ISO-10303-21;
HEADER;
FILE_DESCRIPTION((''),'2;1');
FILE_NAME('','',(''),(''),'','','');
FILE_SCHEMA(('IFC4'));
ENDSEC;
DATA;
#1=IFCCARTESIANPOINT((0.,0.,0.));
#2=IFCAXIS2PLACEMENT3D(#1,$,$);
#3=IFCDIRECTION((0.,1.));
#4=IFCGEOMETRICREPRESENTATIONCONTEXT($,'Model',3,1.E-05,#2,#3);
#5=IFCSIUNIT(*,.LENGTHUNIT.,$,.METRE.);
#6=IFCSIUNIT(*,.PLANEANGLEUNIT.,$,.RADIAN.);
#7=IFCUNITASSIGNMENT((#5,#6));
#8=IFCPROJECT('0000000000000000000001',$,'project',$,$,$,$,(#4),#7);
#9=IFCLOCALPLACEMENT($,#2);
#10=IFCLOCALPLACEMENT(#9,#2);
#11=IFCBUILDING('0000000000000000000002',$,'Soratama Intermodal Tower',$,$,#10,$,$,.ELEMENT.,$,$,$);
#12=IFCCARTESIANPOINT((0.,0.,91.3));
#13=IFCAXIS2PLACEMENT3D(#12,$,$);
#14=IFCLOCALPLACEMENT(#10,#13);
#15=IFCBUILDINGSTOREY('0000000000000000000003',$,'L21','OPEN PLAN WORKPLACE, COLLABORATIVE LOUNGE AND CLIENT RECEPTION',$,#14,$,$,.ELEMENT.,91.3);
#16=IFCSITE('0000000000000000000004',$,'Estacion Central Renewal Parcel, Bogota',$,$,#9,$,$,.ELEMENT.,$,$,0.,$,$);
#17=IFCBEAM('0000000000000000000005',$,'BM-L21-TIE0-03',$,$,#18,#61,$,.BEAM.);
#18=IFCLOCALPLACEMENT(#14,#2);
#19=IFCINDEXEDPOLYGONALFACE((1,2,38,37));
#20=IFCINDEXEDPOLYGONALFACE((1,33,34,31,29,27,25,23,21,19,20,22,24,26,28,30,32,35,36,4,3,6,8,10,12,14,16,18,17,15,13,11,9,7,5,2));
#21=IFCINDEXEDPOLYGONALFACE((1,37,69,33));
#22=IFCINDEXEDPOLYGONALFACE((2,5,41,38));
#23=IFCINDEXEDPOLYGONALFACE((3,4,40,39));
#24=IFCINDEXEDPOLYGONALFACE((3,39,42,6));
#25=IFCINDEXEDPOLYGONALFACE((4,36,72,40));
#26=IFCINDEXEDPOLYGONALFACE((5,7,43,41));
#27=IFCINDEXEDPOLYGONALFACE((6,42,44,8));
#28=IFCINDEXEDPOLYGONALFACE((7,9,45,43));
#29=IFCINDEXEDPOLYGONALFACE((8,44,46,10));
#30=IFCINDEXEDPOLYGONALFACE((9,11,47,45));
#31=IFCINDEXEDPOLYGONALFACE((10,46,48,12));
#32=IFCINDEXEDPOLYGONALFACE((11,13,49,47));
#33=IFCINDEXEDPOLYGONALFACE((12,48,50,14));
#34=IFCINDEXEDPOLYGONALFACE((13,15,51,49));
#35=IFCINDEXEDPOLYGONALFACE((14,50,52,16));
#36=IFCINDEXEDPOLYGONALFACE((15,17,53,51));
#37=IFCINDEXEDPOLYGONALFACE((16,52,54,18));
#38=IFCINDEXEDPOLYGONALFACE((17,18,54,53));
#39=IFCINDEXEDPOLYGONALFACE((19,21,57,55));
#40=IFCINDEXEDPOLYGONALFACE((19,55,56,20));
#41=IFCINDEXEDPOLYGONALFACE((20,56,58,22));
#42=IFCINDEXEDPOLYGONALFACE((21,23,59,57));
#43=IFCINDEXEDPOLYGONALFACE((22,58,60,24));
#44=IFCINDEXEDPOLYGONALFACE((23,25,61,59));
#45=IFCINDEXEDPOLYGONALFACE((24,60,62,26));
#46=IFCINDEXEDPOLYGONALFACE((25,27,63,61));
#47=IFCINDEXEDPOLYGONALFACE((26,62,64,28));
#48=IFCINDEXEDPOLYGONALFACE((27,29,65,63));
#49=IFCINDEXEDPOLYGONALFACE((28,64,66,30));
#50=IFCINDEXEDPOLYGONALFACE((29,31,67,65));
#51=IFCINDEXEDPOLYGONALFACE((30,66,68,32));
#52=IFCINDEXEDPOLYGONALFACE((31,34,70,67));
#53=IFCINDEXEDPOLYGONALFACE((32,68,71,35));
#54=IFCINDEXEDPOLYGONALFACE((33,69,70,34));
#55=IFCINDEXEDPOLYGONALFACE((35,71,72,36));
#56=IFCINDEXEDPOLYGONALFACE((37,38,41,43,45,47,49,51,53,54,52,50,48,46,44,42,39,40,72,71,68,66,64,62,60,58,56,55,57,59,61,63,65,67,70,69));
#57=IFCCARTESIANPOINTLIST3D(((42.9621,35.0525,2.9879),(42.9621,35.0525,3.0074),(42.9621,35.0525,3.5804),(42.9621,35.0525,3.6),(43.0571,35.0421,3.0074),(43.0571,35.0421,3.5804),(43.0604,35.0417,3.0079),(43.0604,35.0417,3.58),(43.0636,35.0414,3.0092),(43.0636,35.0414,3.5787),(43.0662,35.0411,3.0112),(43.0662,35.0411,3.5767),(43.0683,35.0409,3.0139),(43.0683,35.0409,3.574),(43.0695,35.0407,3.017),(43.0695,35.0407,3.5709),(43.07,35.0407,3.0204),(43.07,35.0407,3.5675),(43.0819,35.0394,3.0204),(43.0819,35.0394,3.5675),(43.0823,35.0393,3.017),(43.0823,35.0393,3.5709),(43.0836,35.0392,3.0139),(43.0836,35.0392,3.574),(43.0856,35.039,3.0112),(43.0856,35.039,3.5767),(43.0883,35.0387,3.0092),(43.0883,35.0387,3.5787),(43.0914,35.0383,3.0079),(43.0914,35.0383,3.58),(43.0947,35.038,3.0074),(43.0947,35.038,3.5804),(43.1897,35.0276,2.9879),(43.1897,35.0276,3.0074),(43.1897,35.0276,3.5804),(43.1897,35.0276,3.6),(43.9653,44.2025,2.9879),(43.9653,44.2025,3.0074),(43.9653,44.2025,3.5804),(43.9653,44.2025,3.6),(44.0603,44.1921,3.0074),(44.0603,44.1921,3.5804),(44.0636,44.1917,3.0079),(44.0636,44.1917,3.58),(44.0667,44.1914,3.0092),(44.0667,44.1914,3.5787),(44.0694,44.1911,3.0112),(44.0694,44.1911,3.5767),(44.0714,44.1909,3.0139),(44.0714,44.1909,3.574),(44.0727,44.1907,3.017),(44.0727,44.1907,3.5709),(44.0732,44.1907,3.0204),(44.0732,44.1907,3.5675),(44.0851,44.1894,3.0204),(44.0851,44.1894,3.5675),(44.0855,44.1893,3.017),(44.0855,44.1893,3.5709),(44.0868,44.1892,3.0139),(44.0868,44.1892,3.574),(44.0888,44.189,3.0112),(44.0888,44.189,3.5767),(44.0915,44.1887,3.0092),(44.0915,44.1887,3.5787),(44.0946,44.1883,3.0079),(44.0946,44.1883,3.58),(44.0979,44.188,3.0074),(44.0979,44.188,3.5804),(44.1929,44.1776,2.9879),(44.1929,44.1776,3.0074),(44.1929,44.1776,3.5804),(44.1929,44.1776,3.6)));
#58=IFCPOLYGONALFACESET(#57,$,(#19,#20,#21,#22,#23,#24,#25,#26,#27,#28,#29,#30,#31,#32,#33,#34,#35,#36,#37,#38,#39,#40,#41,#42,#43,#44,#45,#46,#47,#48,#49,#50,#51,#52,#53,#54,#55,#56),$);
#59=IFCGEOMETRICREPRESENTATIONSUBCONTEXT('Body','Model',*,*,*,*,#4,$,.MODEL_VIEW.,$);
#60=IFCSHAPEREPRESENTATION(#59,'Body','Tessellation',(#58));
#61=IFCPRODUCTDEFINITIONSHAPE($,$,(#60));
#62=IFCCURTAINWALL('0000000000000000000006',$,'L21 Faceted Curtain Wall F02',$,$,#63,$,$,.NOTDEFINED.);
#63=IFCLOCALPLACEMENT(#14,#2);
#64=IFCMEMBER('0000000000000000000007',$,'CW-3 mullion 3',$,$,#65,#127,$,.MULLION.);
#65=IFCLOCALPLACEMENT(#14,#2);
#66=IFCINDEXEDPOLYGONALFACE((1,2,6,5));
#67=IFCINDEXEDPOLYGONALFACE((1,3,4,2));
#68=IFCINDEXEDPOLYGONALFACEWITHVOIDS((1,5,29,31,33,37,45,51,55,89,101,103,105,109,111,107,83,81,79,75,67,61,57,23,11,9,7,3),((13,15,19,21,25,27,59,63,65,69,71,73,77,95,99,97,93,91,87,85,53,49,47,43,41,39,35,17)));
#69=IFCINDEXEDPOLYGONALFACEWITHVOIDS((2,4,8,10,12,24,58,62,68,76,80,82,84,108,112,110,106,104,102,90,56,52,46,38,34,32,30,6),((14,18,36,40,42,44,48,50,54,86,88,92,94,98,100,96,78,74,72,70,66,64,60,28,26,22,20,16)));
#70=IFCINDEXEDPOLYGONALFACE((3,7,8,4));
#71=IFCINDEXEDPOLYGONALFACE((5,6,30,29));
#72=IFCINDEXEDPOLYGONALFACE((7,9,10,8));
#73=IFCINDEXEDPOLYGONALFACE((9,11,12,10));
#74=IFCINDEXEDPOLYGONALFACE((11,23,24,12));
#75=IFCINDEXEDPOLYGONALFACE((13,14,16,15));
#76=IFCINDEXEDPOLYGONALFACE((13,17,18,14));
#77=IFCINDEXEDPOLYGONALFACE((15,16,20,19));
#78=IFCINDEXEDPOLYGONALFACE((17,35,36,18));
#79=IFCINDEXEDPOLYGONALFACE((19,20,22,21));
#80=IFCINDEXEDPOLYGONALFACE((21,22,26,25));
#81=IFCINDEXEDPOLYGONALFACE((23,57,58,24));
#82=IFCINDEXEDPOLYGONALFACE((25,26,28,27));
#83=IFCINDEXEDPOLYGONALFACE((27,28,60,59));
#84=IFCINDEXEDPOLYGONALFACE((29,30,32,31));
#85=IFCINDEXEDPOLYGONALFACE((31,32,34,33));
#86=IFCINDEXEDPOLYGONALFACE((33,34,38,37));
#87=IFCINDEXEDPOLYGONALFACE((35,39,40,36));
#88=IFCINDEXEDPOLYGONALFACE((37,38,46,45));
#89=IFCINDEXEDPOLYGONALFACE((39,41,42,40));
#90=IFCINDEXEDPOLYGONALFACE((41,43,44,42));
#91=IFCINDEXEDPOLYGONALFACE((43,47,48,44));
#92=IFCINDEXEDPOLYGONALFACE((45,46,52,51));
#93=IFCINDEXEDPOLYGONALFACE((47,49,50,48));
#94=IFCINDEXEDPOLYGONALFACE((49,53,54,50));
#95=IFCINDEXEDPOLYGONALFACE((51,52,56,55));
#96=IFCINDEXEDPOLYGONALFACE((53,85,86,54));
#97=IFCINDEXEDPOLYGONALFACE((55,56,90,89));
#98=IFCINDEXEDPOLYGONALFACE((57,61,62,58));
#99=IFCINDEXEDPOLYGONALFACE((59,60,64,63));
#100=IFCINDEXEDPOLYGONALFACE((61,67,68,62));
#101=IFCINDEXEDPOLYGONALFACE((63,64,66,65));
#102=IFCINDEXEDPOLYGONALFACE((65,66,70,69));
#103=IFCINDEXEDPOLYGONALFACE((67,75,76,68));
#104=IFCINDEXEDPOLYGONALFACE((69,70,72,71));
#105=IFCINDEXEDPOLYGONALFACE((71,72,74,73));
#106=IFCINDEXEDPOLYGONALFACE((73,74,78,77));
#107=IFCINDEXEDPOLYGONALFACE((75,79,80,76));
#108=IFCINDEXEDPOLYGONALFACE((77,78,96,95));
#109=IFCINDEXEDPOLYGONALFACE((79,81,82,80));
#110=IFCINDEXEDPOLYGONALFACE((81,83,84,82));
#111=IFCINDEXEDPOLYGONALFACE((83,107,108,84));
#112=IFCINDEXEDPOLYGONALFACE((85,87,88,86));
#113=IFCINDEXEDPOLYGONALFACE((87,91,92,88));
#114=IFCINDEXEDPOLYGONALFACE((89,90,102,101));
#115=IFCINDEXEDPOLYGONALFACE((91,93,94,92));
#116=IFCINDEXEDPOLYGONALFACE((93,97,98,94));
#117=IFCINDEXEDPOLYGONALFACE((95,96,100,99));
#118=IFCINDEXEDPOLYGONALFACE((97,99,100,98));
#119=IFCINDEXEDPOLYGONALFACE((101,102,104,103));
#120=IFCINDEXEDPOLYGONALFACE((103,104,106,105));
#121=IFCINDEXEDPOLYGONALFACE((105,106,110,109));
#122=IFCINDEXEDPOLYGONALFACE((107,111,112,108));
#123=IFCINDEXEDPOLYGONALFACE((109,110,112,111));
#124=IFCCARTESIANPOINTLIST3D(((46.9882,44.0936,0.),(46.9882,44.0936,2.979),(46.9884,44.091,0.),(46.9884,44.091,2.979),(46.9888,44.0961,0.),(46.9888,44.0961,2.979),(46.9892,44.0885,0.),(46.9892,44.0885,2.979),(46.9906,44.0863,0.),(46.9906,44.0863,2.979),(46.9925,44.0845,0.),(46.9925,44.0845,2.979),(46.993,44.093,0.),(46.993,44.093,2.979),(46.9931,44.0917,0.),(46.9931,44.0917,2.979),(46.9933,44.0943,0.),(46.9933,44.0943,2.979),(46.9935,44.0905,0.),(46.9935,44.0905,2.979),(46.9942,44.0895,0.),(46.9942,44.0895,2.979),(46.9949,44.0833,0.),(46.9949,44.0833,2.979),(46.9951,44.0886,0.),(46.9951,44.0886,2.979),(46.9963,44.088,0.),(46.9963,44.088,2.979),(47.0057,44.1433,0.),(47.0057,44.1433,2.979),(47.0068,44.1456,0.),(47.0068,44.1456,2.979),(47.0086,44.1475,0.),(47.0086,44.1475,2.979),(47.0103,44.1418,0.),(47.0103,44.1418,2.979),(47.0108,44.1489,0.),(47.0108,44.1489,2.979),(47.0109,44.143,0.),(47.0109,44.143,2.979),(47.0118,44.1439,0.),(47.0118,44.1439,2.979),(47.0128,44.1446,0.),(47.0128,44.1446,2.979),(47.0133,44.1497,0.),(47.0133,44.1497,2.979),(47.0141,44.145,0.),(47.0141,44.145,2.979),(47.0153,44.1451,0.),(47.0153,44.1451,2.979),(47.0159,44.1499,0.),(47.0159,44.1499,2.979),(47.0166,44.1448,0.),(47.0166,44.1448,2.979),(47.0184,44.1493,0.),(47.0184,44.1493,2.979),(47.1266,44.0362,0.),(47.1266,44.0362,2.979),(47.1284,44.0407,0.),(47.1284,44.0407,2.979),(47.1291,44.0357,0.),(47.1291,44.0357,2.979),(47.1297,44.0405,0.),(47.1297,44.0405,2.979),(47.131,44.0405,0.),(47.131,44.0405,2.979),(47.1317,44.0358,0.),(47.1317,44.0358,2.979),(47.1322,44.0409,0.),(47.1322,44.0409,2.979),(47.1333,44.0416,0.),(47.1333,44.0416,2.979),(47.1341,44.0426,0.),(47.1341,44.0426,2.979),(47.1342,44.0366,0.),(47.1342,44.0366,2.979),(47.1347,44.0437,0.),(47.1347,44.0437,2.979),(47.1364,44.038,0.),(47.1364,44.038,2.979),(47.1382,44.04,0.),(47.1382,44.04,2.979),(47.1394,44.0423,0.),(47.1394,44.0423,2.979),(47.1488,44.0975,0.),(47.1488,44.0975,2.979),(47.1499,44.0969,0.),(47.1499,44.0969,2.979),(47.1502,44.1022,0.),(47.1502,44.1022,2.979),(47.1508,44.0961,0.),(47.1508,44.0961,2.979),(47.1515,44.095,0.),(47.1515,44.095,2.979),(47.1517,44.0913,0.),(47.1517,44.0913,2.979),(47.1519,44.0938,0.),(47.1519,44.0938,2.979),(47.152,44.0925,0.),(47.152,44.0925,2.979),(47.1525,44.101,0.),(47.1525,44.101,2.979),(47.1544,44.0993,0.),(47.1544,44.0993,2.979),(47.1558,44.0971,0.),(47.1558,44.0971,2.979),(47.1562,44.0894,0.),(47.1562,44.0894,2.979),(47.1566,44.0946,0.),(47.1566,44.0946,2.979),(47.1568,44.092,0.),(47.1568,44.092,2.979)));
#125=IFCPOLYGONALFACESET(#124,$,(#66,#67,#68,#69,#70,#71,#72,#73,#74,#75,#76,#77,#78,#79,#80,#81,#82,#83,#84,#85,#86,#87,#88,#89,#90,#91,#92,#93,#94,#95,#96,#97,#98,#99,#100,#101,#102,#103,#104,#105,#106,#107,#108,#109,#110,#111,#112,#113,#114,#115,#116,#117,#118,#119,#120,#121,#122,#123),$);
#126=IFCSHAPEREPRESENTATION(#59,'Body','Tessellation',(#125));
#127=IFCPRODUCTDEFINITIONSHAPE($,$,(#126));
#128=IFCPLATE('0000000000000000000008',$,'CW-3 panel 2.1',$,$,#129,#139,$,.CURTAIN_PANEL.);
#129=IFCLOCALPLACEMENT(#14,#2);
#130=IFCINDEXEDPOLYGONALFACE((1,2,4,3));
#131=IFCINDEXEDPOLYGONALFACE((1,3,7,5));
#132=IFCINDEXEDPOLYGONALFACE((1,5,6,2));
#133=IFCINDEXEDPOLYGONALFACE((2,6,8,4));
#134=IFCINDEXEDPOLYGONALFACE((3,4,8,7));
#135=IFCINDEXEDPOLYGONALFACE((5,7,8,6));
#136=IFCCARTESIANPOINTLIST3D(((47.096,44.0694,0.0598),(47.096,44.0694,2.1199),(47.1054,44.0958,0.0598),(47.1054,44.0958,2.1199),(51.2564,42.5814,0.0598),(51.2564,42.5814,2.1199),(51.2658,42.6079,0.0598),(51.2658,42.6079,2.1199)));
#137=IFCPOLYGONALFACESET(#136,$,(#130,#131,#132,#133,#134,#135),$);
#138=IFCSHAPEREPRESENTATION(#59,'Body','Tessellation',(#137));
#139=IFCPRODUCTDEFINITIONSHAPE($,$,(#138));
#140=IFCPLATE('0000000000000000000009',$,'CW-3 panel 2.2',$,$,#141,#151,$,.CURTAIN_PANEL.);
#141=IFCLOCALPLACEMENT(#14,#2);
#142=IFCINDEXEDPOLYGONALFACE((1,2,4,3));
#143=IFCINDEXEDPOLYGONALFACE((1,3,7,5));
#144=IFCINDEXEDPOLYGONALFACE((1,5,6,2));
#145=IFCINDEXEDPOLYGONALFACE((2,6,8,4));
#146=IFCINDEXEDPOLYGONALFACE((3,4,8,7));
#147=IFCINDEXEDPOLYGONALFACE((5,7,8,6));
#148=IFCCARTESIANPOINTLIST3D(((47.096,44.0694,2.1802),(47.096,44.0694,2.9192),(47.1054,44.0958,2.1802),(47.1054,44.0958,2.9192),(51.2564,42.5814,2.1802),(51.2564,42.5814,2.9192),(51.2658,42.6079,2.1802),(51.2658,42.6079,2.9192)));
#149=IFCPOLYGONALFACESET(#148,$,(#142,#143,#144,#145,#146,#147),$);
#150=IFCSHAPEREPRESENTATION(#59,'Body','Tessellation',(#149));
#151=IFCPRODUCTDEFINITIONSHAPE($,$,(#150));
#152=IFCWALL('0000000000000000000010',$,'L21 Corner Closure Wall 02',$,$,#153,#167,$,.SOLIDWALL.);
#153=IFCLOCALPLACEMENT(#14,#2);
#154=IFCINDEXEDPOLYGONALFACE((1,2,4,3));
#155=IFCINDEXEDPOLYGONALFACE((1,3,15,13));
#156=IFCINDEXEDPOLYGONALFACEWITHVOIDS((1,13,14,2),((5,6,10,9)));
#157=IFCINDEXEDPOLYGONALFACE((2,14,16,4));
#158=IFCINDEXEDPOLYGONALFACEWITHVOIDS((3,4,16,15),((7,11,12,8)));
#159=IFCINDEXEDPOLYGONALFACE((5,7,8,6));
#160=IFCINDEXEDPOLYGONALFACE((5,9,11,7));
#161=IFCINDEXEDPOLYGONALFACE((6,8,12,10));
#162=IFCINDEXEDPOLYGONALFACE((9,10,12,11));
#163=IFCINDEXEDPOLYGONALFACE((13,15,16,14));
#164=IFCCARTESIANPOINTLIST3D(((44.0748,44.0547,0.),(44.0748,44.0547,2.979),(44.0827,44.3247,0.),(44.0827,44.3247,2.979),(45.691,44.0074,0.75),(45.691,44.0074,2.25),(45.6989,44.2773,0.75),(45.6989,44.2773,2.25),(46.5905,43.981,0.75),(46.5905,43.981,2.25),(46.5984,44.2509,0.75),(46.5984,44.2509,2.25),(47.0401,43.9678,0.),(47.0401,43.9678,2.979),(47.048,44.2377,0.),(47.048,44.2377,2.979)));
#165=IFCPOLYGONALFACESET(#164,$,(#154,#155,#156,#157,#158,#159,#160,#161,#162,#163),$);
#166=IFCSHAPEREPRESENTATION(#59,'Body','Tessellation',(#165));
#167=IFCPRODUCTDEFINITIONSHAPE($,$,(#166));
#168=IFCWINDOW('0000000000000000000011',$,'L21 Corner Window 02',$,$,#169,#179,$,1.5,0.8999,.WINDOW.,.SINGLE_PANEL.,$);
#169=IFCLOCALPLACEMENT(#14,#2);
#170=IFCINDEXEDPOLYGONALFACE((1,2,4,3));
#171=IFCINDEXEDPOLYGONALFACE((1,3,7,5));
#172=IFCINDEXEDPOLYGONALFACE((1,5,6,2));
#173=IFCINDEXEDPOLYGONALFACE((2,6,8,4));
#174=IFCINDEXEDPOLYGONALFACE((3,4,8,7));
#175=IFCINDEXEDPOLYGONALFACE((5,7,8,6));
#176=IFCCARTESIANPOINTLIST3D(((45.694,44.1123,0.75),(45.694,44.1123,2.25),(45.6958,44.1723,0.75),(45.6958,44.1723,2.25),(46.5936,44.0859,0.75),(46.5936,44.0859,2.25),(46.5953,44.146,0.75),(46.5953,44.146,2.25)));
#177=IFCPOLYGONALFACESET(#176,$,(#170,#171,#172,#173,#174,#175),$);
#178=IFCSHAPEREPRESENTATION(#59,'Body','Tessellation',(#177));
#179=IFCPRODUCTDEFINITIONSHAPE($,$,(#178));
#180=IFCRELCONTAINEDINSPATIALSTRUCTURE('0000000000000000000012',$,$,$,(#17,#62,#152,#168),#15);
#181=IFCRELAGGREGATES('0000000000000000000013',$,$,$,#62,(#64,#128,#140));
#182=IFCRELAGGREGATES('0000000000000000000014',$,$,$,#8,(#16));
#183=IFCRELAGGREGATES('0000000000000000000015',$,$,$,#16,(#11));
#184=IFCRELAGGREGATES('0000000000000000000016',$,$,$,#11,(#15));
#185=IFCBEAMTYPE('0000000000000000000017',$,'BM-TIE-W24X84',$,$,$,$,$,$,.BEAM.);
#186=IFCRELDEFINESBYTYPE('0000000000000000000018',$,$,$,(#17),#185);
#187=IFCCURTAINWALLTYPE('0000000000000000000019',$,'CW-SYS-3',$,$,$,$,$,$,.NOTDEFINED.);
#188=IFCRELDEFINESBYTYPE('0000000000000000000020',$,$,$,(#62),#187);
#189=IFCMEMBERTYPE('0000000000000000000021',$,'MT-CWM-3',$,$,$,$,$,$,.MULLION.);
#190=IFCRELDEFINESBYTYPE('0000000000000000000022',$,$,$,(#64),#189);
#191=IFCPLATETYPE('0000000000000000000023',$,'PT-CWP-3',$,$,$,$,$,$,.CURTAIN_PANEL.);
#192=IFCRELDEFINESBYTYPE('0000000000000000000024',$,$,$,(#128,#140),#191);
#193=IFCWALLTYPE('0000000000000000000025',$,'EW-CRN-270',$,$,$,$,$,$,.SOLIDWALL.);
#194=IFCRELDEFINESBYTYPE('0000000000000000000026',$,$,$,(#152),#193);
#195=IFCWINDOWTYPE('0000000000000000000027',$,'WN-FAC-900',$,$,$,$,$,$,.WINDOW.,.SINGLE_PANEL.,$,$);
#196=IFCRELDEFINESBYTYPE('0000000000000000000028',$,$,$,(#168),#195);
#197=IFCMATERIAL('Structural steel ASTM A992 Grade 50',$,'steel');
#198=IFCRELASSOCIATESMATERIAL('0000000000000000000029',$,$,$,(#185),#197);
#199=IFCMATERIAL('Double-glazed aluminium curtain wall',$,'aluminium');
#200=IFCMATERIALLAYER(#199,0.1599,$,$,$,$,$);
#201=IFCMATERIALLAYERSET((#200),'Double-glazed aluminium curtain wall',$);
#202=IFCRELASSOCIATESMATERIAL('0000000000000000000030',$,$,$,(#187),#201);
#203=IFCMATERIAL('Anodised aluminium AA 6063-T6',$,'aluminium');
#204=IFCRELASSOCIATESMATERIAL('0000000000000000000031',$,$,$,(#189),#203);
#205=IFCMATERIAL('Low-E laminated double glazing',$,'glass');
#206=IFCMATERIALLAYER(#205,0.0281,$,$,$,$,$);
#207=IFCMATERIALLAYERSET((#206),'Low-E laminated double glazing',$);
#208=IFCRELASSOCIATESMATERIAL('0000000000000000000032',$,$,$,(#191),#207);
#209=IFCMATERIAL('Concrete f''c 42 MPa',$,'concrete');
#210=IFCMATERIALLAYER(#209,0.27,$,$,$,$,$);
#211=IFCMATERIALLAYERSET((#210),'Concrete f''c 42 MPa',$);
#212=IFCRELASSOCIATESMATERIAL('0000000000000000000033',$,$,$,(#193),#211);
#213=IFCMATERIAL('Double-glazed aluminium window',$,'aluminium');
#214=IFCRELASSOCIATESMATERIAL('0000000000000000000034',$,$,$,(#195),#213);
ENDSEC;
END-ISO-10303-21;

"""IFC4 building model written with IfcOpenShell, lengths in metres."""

from ifc_helpers import new_model, si_unit, direction, frame, frame_2d, origin, origin_2d, place, context, subcontext, project, spatial, rectangle, hollow_rectangle, i_section, extrude, material, layer, layer_set, material_profile, profile_set, type_object, element, fill, aggregate, save


model = new_model("IFC4")

# Units and contexts
model_context = context("Model", 3, precision=1e-05, world=origin(), true_north=direction((0.0, 1.0)))
body_context = subcontext(model_context, "Body", "Model", "MODEL_VIEW")
ifc_project = project(units=[si_unit("LENGTHUNIT", "METRE"), si_unit("PLANEANGLEUNIT", "RADIAN")], contexts=[model_context])

# Site, building, storey
site_placement = place(None, origin())
site = spatial("IfcSite", under=ifc_project, at=site_placement, Name="Estacion Central Renewal Parcel, Bogota", CompositionType="ELEMENT", RefElevation=0.0)
building_placement = place(site_placement, origin())
building = spatial("IfcBuilding", under=site, at=building_placement, Name="Soratama Intermodal Tower", CompositionType="ELEMENT")
storey_placement = place(building_placement, frame((0.0, 0.0, 91.3)))
storey = spatial("IfcBuildingStorey", under=building, at=storey_placement, Name="L21", Description="OPEN PLAN WORKPLACE, COLLABORATIVE LOUNGE AND CLIENT RECEPTION", CompositionType="ELEMENT", Elevation=91.3)

# Beam
ifc_material_1 = material(Name="Structural steel ASTM A992 Grade 50", Category="steel")
ifc_material_profile_1 = material_profile(ifc_material_1, i_section(OverallWidth=0.229, OverallDepth=0.6121, WebThickness=0.012, FlangeThickness=0.0195, FilletRadius=0.0129, at=origin_2d()), Name="W24X84")
ifc_profile_set_1 = profile_set([ifc_material_profile_1], Name="Structural steel ASTM A992 Grade 50")
beam_type_1 = type_object("IfcBeamType", Name="BM-TIE-W24X84", PredefinedType="BEAM", material=ifc_profile_set_1)
beam_1_placement = place(storey_placement, frame((43.0759, 35.04, 3.2939), z_axis=(0.108985, 0.994043, 0.0), x_axis=(-0.994043, 0.108985, 0.0)))
element("IfcBeam", 1, at=beam_1_placement, inside=storey, type_object=beam_type_1, Name="BM-L21-TIE0-03", PredefinedType="BEAM", context=body_context, shape_type="SweptSolid", body=[
    extrude(i_section(OverallWidth=0.229, OverallDepth=0.6121, WebThickness=0.012, FlangeThickness=0.0195, FilletRadius=0.0129, at=origin_2d()), origin(), (0.0, 0.0, 1.0), 9.2048),
])

# Curtain wall, member, plates
ifc_material_2 = material(Name="Double-glazed aluminium curtain wall", Category="aluminium")
ifc_layer_1 = layer(ifc_material_2, 0.1599)
ifc_layer_set_1 = layer_set([ifc_layer_1], Name="Double-glazed aluminium curtain wall")
curtain_wall_type = type_object("IfcCurtainWallType", Name="CW-SYS-3", PredefinedType="NOTDEFINED", material=ifc_layer_set_1)
curtain_wall_placement = place(storey_placement, origin())
curtain_wall = element("IfcCurtainWall", 2, at=curtain_wall_placement, inside=storey, type_object=curtain_wall_type, Name="L21 Faceted Curtain Wall F02", PredefinedType="NOTDEFINED")
ifc_material_3 = material(Name="Anodised aluminium AA 6063-T6", Category="aluminium")
ifc_material_profile_2 = material_profile(ifc_material_3, hollow_rectangle(XDim=0.0701, YDim=0.1599, WallThickness=0.0049, InnerFilletRadius=0.0049, OuterFilletRadius=0.01, at=origin_2d()), Name="CWM160X70X5")
ifc_profile_set_2 = profile_set([ifc_material_profile_2], Name="Anodised aluminium AA 6063-T6")
member_type = type_object("IfcMemberType", Name="MT-CWM-3", PredefinedType="MULLION", material=ifc_profile_set_2)
member_placement = place(storey_placement, frame((47.0725, 44.0928, 0.0), z_axis=(0.0, 0.0, 1.0), x_axis=(-0.336761, -0.94159, 0.0)))
member = element("IfcMember", 3, at=member_placement, type_object=member_type, Name="CW-3 mullion 3", PredefinedType="MULLION", context=body_context, shape_type="SweptSolid", body=[
    extrude(hollow_rectangle(XDim=0.0701, YDim=0.1599, WallThickness=0.0049, InnerFilletRadius=0.0049, OuterFilletRadius=0.01, at=origin_2d()), origin(), (0.0, 0.0, 1.0), 2.979),
])
ifc_material_4 = material(Name="Low-E laminated double glazing", Category="glass")
ifc_layer_2 = layer(ifc_material_4, 0.0281)
ifc_layer_set_2 = layer_set([ifc_layer_2], Name="Low-E laminated double glazing")
plate_type = type_object("IfcPlateType", Name="PT-CWP-3", PredefinedType="CURTAIN_PANEL", material=ifc_layer_set_2)
plate_1_placement = place(storey_placement, frame((49.1809, 43.3386, 0.0598), z_axis=(0.0, 0.0, 1.0), x_axis=(-0.94159, 0.336761, 0.0)))
plate_1 = element("IfcPlate", 4, at=plate_1_placement, type_object=plate_type, Name="CW-3 panel 2.1", PredefinedType="CURTAIN_PANEL", context=body_context, shape_type="SweptSolid", body=[
    extrude(rectangle(XDim=4.4185, YDim=0.0281, at=origin_2d()), origin(), (0.0, 0.0, 1.0), 2.0601),
])
plate_2_placement = place(storey_placement, frame((49.1809, 43.3386, 2.1802), z_axis=(0.0, 0.0, 1.0), x_axis=(-0.94159, 0.336761, 0.0)))
plate_2 = element("IfcPlate", 5, at=plate_2_placement, type_object=plate_type, Name="CW-3 panel 2.2", PredefinedType="CURTAIN_PANEL", context=body_context, shape_type="SweptSolid", body=[
    extrude(rectangle(XDim=4.4185, YDim=0.0281, at=origin_2d()), origin(), (0.0, 0.0, 1.0), 0.739),
])
aggregate(curtain_wall, [member, plate_1, plate_2])

# Wall, opening, window
ifc_material_5 = material(Name="Concrete f'c 42 MPa", Category="concrete")
ifc_layer_3 = layer(ifc_material_5, 0.27)
ifc_layer_set_3 = layer_set([ifc_layer_3], Name="Concrete f'c 42 MPa")
wall_type_1 = type_object("IfcWallType", Name="EW-CRN-270", PredefinedType="SOLIDWALL", material=ifc_layer_set_3)
wall_1_placement = place(storey_placement, frame((47.0442, 44.1028, 0.0), z_axis=(0.0, 0.0, 1.0), x_axis=(-0.999571, 0.029297, 0.0)))
wall_1 = element("IfcWall", 6, at=wall_1_placement, inside=storey, type_object=wall_type_1, Name="L21 Corner Closure Wall 02", PredefinedType="SOLIDWALL", context=body_context, shape_type="SweptSolid", body=[
    extrude(rectangle(XDim=2.9666, YDim=0.27, at=frame_2d((1.4834, 0.0))), origin(), (0.0, 0.0, 1.0), 2.979),
])
opening_1_placement = place(wall_1_placement, frame((0.45, 0.0, 0.75)))
opening_1 = element("IfcOpeningElement", 7, at=opening_1_placement, cuts=wall_1, PredefinedType="OPENING", context=body_context, shape_type="SweptSolid", body=[
    extrude(rectangle(XDim=0.8999, YDim=1.5, at=frame_2d((0.45, 0.75))), frame((0.0, 0.145, 0.0), z_axis=(0.0, -1.0, 0.0), x_axis=(1.0, 0.0, 0.0)), (0.0, 0.0, 1.0), 0.29),
])
ifc_material_6 = material(Name="Double-glazed aluminium window", Category="aluminium")
window_type_1 = type_object("IfcWindowType", Name="WN-FAC-900", PartitioningType="SINGLE_PANEL", PredefinedType="WINDOW", material=ifc_material_6)
window_1_placement = place(opening_1_placement, origin())
window_1 = element("IfcWindow", 8, at=window_1_placement, inside=storey, type_object=window_type_1, Name="L21 Corner Window 02", OverallHeight=1.5, OverallWidth=0.8999, PartitioningType="SINGLE_PANEL", PredefinedType="WINDOW", context=body_context, shape_type="SweptSolid", body=[
    extrude(rectangle(XDim=0.8999, YDim=1.5, at=frame_2d((0.45, 0.75))), frame((0.0, 0.03, 0.0), z_axis=(0.0, -1.0, 0.0), x_axis=(1.0, 0.0, 0.0)), (0.0, 0.0, 1.0), 0.0601),
])
fill(opening_1, window_1)

save(model, "model.ifc")
